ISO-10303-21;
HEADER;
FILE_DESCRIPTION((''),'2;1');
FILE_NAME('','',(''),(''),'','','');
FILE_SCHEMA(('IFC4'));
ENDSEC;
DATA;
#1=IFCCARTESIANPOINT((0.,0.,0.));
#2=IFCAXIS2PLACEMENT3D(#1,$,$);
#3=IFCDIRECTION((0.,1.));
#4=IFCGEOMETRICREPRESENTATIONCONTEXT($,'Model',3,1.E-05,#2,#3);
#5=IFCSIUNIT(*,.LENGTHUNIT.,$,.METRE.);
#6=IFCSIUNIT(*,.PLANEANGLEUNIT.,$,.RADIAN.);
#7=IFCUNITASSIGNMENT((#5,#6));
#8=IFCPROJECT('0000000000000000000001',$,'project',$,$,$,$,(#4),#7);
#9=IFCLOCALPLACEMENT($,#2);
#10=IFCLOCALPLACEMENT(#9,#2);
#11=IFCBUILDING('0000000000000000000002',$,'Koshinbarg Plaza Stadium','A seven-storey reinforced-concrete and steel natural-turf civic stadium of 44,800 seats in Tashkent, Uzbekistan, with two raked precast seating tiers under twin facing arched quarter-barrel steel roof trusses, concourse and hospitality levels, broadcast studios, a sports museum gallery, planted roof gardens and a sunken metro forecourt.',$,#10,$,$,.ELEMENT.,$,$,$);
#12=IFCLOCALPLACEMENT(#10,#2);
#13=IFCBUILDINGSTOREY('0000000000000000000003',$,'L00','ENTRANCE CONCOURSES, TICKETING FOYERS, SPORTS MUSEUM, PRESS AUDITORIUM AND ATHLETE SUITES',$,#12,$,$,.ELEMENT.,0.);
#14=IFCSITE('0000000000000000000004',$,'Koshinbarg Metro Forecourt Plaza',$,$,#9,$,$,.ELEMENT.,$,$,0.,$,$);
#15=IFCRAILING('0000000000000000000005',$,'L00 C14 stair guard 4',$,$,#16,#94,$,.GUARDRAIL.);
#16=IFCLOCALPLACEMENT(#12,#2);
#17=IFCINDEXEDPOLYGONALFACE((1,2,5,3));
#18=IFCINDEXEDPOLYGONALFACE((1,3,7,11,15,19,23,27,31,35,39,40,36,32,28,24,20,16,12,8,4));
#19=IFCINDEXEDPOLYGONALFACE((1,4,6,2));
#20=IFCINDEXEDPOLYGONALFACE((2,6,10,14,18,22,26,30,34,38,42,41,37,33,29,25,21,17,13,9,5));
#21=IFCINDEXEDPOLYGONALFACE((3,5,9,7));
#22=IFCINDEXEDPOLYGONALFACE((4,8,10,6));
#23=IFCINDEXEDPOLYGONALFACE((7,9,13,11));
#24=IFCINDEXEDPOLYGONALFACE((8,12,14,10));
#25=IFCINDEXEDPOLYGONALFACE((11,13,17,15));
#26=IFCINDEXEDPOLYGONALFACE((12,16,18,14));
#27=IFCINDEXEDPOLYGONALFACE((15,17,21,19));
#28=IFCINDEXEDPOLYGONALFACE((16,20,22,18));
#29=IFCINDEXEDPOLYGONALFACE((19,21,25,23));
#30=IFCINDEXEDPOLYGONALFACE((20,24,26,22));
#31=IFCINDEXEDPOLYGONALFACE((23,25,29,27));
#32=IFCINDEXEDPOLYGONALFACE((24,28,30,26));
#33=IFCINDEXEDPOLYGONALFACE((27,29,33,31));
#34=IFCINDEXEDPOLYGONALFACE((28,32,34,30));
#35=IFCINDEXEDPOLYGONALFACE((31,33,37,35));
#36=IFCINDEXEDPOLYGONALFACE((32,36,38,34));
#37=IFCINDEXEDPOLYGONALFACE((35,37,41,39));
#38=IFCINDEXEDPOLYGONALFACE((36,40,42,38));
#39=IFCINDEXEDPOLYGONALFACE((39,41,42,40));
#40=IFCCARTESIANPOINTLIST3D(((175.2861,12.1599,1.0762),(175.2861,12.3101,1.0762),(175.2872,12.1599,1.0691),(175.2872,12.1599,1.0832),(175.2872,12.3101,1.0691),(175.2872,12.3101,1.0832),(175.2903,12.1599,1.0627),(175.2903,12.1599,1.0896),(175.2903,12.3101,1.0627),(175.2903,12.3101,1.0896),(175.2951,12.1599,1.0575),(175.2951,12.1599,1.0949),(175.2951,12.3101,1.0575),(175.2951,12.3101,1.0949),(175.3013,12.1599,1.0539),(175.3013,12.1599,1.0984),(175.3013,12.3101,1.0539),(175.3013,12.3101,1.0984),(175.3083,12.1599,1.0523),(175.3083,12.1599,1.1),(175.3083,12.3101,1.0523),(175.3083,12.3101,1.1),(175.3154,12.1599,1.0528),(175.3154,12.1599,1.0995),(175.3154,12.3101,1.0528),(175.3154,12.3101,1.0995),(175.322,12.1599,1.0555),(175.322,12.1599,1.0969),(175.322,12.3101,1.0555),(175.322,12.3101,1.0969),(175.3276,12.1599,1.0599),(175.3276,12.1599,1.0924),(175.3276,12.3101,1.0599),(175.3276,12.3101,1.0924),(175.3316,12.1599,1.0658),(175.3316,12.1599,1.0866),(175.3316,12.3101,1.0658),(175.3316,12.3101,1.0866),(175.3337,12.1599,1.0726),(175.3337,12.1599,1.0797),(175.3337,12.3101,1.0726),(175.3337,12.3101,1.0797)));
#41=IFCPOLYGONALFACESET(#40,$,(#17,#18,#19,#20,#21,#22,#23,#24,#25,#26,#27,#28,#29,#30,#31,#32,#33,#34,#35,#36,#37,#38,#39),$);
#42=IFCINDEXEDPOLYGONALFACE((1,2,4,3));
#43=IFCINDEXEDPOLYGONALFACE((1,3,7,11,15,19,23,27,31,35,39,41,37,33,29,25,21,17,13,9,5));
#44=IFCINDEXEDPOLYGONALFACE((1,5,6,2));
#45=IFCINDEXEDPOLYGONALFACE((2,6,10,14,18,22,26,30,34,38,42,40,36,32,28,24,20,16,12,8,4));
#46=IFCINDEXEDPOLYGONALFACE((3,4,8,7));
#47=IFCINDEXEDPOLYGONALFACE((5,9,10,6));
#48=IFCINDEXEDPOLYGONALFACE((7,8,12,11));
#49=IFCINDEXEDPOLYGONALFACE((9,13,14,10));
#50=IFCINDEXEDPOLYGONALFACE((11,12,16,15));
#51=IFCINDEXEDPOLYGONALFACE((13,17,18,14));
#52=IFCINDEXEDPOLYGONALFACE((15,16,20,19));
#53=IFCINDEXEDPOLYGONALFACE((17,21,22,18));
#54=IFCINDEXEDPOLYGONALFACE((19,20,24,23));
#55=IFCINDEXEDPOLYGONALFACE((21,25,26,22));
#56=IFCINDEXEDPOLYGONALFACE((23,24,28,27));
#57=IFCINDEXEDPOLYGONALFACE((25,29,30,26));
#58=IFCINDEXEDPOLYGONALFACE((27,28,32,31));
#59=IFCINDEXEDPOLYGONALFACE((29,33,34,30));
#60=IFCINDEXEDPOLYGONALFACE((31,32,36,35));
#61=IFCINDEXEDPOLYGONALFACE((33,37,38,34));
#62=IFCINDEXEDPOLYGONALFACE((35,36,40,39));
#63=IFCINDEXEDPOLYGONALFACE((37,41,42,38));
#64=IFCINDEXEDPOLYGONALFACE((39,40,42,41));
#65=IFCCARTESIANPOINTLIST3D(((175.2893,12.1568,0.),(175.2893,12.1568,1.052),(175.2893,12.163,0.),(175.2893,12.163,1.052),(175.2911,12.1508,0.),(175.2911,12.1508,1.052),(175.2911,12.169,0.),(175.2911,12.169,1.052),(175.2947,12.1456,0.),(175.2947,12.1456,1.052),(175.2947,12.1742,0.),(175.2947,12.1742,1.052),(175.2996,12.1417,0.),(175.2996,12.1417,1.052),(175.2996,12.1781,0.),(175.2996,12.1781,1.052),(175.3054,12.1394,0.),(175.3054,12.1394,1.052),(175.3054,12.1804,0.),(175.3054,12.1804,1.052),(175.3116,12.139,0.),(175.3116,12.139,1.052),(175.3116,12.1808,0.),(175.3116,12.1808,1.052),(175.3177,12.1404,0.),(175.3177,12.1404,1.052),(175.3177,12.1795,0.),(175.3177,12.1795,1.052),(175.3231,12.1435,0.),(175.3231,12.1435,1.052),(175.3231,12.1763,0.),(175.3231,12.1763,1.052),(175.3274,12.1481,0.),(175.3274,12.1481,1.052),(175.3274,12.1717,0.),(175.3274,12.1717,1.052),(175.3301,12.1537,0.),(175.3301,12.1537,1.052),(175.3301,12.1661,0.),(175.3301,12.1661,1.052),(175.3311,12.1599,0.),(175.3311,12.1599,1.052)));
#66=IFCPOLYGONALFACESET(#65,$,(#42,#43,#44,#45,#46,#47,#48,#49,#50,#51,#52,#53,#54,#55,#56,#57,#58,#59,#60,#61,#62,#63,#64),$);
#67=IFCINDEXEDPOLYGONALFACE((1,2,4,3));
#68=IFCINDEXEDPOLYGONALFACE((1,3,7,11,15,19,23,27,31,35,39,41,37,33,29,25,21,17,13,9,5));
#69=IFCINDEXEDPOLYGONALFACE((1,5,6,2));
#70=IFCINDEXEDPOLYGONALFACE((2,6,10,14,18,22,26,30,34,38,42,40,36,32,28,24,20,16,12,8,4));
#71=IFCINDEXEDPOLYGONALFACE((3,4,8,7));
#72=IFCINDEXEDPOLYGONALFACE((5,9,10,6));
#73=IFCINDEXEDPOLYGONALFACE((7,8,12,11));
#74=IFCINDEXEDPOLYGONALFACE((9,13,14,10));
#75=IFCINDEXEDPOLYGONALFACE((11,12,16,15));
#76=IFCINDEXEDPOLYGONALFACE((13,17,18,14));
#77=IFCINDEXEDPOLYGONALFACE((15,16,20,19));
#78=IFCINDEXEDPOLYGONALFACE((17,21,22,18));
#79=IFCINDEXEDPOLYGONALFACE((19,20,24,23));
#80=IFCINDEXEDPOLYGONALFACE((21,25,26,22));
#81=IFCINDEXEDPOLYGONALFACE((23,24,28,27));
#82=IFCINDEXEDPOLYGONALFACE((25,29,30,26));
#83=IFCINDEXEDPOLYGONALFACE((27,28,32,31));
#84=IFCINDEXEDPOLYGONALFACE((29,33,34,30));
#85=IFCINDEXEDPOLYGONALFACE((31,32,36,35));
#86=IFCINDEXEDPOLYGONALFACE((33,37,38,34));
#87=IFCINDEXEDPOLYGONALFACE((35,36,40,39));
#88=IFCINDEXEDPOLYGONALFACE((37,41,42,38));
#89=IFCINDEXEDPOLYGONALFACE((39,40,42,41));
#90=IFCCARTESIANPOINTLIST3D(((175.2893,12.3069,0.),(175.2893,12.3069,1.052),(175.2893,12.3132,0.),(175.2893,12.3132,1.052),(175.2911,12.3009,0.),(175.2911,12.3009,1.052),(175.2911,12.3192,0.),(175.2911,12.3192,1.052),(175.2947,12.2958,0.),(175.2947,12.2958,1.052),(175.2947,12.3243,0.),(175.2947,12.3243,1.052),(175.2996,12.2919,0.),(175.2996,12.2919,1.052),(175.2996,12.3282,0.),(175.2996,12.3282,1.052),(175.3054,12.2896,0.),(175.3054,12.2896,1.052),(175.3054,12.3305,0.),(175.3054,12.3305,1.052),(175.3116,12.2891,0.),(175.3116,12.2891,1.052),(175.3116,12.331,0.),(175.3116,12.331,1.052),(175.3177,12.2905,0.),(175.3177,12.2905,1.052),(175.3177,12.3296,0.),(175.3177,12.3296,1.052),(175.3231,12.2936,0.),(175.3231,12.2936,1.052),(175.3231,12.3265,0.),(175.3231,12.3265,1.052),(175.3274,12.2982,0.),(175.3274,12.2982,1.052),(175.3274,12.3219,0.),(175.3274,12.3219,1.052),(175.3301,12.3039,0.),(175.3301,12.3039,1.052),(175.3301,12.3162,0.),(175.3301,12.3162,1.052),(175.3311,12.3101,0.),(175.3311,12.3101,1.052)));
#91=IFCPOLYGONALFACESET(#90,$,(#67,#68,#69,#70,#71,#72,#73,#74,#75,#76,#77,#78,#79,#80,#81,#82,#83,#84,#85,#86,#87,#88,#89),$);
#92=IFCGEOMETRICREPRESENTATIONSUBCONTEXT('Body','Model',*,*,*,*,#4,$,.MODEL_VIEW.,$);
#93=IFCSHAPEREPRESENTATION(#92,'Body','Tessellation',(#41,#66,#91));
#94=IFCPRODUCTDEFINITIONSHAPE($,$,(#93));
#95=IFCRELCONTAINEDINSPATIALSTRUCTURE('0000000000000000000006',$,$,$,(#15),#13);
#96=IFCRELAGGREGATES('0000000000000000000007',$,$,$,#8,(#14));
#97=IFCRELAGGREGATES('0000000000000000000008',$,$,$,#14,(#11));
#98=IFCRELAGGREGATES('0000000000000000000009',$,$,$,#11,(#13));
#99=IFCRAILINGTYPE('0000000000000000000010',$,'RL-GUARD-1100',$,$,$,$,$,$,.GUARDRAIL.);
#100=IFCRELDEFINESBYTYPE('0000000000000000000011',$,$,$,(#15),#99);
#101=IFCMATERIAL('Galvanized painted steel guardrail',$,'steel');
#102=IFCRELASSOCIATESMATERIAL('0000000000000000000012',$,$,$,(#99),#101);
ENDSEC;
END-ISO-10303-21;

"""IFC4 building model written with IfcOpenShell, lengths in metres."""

from ifc_helpers import new_model, si_unit, direction, frame, origin, origin_2d, place, context, subcontext, project, spatial, circle, extrude, material, type_object, element, save


model = new_model("IFC4")

# Units and contexts
model_context = context("Model", 3, precision=1e-05, world=origin(), true_north=direction((0.0, 1.0)))
body_context = subcontext(model_context, "Body", "Model", "MODEL_VIEW")
ifc_project = project(units=[si_unit("LENGTHUNIT", "METRE"), si_unit("PLANEANGLEUNIT", "RADIAN")], contexts=[model_context])

# Site, building, storey
site_placement = place(None, origin())
site = spatial("IfcSite", under=ifc_project, at=site_placement, Name="Koshinbarg Metro Forecourt Plaza", CompositionType="ELEMENT", RefElevation=0.0)
building_placement = place(site_placement, origin())
building = spatial("IfcBuilding", under=site, at=building_placement, Name="Koshinbarg Plaza Stadium", Description="A seven-storey reinforced-concrete and steel natural-turf civic stadium of 44,800 seats in Tashkent, Uzbekistan, with two raked precast seating tiers under twin facing arched quarter-barrel steel roof trusses, concourse and hospitality levels, broadcast studios, a sports museum gallery, planted roof gardens and a sunken metro forecourt.", CompositionType="ELEMENT")
storey_placement = place(building_placement, origin())
storey = spatial("IfcBuildingStorey", under=building, at=storey_placement, Name="L00", Description="ENTRANCE CONCOURSES, TICKETING FOYERS, SPORTS MUSEUM, PRESS AUDITORIUM AND ATHLETE SUITES", CompositionType="ELEMENT", Elevation=0.0)

# Railing
ifc_material_1 = material(Name="Galvanized painted steel guardrail", Category="steel")
railing_type_1 = type_object("IfcRailingType", Name="RL-GUARD-1100", PredefinedType="GUARDRAIL", material=ifc_material_1)
railing_1_placement = place(storey_placement, frame((175.3101, 12.1599, 0.0)))
element("IfcRailing", 1, at=railing_1_placement, inside=storey, type_object=railing_type_1, Name="L00 C14 stair guard 4", PredefinedType="GUARDRAIL", context=body_context, shape_type="SweptSolid", body=[
    extrude(circle(Radius=0.0239, at=origin_2d()), frame((0.0, 0.0, 1.0762), z_axis=(0.0, 1.0, 0.0), x_axis=(-1.0, 0.0, 0.0)), (0.0, 0.0, 1.0), 0.1501),
    extrude(circle(Radius=0.021, at=origin_2d()), origin(), (0.0, 0.0, 1.0), 1.052),
    extrude(circle(Radius=0.021, at=origin_2d()), frame((0.0, 0.1501, 0.0)), (0.0, 0.0, 1.0), 1.052),
])

save(model, "model.ifc")
